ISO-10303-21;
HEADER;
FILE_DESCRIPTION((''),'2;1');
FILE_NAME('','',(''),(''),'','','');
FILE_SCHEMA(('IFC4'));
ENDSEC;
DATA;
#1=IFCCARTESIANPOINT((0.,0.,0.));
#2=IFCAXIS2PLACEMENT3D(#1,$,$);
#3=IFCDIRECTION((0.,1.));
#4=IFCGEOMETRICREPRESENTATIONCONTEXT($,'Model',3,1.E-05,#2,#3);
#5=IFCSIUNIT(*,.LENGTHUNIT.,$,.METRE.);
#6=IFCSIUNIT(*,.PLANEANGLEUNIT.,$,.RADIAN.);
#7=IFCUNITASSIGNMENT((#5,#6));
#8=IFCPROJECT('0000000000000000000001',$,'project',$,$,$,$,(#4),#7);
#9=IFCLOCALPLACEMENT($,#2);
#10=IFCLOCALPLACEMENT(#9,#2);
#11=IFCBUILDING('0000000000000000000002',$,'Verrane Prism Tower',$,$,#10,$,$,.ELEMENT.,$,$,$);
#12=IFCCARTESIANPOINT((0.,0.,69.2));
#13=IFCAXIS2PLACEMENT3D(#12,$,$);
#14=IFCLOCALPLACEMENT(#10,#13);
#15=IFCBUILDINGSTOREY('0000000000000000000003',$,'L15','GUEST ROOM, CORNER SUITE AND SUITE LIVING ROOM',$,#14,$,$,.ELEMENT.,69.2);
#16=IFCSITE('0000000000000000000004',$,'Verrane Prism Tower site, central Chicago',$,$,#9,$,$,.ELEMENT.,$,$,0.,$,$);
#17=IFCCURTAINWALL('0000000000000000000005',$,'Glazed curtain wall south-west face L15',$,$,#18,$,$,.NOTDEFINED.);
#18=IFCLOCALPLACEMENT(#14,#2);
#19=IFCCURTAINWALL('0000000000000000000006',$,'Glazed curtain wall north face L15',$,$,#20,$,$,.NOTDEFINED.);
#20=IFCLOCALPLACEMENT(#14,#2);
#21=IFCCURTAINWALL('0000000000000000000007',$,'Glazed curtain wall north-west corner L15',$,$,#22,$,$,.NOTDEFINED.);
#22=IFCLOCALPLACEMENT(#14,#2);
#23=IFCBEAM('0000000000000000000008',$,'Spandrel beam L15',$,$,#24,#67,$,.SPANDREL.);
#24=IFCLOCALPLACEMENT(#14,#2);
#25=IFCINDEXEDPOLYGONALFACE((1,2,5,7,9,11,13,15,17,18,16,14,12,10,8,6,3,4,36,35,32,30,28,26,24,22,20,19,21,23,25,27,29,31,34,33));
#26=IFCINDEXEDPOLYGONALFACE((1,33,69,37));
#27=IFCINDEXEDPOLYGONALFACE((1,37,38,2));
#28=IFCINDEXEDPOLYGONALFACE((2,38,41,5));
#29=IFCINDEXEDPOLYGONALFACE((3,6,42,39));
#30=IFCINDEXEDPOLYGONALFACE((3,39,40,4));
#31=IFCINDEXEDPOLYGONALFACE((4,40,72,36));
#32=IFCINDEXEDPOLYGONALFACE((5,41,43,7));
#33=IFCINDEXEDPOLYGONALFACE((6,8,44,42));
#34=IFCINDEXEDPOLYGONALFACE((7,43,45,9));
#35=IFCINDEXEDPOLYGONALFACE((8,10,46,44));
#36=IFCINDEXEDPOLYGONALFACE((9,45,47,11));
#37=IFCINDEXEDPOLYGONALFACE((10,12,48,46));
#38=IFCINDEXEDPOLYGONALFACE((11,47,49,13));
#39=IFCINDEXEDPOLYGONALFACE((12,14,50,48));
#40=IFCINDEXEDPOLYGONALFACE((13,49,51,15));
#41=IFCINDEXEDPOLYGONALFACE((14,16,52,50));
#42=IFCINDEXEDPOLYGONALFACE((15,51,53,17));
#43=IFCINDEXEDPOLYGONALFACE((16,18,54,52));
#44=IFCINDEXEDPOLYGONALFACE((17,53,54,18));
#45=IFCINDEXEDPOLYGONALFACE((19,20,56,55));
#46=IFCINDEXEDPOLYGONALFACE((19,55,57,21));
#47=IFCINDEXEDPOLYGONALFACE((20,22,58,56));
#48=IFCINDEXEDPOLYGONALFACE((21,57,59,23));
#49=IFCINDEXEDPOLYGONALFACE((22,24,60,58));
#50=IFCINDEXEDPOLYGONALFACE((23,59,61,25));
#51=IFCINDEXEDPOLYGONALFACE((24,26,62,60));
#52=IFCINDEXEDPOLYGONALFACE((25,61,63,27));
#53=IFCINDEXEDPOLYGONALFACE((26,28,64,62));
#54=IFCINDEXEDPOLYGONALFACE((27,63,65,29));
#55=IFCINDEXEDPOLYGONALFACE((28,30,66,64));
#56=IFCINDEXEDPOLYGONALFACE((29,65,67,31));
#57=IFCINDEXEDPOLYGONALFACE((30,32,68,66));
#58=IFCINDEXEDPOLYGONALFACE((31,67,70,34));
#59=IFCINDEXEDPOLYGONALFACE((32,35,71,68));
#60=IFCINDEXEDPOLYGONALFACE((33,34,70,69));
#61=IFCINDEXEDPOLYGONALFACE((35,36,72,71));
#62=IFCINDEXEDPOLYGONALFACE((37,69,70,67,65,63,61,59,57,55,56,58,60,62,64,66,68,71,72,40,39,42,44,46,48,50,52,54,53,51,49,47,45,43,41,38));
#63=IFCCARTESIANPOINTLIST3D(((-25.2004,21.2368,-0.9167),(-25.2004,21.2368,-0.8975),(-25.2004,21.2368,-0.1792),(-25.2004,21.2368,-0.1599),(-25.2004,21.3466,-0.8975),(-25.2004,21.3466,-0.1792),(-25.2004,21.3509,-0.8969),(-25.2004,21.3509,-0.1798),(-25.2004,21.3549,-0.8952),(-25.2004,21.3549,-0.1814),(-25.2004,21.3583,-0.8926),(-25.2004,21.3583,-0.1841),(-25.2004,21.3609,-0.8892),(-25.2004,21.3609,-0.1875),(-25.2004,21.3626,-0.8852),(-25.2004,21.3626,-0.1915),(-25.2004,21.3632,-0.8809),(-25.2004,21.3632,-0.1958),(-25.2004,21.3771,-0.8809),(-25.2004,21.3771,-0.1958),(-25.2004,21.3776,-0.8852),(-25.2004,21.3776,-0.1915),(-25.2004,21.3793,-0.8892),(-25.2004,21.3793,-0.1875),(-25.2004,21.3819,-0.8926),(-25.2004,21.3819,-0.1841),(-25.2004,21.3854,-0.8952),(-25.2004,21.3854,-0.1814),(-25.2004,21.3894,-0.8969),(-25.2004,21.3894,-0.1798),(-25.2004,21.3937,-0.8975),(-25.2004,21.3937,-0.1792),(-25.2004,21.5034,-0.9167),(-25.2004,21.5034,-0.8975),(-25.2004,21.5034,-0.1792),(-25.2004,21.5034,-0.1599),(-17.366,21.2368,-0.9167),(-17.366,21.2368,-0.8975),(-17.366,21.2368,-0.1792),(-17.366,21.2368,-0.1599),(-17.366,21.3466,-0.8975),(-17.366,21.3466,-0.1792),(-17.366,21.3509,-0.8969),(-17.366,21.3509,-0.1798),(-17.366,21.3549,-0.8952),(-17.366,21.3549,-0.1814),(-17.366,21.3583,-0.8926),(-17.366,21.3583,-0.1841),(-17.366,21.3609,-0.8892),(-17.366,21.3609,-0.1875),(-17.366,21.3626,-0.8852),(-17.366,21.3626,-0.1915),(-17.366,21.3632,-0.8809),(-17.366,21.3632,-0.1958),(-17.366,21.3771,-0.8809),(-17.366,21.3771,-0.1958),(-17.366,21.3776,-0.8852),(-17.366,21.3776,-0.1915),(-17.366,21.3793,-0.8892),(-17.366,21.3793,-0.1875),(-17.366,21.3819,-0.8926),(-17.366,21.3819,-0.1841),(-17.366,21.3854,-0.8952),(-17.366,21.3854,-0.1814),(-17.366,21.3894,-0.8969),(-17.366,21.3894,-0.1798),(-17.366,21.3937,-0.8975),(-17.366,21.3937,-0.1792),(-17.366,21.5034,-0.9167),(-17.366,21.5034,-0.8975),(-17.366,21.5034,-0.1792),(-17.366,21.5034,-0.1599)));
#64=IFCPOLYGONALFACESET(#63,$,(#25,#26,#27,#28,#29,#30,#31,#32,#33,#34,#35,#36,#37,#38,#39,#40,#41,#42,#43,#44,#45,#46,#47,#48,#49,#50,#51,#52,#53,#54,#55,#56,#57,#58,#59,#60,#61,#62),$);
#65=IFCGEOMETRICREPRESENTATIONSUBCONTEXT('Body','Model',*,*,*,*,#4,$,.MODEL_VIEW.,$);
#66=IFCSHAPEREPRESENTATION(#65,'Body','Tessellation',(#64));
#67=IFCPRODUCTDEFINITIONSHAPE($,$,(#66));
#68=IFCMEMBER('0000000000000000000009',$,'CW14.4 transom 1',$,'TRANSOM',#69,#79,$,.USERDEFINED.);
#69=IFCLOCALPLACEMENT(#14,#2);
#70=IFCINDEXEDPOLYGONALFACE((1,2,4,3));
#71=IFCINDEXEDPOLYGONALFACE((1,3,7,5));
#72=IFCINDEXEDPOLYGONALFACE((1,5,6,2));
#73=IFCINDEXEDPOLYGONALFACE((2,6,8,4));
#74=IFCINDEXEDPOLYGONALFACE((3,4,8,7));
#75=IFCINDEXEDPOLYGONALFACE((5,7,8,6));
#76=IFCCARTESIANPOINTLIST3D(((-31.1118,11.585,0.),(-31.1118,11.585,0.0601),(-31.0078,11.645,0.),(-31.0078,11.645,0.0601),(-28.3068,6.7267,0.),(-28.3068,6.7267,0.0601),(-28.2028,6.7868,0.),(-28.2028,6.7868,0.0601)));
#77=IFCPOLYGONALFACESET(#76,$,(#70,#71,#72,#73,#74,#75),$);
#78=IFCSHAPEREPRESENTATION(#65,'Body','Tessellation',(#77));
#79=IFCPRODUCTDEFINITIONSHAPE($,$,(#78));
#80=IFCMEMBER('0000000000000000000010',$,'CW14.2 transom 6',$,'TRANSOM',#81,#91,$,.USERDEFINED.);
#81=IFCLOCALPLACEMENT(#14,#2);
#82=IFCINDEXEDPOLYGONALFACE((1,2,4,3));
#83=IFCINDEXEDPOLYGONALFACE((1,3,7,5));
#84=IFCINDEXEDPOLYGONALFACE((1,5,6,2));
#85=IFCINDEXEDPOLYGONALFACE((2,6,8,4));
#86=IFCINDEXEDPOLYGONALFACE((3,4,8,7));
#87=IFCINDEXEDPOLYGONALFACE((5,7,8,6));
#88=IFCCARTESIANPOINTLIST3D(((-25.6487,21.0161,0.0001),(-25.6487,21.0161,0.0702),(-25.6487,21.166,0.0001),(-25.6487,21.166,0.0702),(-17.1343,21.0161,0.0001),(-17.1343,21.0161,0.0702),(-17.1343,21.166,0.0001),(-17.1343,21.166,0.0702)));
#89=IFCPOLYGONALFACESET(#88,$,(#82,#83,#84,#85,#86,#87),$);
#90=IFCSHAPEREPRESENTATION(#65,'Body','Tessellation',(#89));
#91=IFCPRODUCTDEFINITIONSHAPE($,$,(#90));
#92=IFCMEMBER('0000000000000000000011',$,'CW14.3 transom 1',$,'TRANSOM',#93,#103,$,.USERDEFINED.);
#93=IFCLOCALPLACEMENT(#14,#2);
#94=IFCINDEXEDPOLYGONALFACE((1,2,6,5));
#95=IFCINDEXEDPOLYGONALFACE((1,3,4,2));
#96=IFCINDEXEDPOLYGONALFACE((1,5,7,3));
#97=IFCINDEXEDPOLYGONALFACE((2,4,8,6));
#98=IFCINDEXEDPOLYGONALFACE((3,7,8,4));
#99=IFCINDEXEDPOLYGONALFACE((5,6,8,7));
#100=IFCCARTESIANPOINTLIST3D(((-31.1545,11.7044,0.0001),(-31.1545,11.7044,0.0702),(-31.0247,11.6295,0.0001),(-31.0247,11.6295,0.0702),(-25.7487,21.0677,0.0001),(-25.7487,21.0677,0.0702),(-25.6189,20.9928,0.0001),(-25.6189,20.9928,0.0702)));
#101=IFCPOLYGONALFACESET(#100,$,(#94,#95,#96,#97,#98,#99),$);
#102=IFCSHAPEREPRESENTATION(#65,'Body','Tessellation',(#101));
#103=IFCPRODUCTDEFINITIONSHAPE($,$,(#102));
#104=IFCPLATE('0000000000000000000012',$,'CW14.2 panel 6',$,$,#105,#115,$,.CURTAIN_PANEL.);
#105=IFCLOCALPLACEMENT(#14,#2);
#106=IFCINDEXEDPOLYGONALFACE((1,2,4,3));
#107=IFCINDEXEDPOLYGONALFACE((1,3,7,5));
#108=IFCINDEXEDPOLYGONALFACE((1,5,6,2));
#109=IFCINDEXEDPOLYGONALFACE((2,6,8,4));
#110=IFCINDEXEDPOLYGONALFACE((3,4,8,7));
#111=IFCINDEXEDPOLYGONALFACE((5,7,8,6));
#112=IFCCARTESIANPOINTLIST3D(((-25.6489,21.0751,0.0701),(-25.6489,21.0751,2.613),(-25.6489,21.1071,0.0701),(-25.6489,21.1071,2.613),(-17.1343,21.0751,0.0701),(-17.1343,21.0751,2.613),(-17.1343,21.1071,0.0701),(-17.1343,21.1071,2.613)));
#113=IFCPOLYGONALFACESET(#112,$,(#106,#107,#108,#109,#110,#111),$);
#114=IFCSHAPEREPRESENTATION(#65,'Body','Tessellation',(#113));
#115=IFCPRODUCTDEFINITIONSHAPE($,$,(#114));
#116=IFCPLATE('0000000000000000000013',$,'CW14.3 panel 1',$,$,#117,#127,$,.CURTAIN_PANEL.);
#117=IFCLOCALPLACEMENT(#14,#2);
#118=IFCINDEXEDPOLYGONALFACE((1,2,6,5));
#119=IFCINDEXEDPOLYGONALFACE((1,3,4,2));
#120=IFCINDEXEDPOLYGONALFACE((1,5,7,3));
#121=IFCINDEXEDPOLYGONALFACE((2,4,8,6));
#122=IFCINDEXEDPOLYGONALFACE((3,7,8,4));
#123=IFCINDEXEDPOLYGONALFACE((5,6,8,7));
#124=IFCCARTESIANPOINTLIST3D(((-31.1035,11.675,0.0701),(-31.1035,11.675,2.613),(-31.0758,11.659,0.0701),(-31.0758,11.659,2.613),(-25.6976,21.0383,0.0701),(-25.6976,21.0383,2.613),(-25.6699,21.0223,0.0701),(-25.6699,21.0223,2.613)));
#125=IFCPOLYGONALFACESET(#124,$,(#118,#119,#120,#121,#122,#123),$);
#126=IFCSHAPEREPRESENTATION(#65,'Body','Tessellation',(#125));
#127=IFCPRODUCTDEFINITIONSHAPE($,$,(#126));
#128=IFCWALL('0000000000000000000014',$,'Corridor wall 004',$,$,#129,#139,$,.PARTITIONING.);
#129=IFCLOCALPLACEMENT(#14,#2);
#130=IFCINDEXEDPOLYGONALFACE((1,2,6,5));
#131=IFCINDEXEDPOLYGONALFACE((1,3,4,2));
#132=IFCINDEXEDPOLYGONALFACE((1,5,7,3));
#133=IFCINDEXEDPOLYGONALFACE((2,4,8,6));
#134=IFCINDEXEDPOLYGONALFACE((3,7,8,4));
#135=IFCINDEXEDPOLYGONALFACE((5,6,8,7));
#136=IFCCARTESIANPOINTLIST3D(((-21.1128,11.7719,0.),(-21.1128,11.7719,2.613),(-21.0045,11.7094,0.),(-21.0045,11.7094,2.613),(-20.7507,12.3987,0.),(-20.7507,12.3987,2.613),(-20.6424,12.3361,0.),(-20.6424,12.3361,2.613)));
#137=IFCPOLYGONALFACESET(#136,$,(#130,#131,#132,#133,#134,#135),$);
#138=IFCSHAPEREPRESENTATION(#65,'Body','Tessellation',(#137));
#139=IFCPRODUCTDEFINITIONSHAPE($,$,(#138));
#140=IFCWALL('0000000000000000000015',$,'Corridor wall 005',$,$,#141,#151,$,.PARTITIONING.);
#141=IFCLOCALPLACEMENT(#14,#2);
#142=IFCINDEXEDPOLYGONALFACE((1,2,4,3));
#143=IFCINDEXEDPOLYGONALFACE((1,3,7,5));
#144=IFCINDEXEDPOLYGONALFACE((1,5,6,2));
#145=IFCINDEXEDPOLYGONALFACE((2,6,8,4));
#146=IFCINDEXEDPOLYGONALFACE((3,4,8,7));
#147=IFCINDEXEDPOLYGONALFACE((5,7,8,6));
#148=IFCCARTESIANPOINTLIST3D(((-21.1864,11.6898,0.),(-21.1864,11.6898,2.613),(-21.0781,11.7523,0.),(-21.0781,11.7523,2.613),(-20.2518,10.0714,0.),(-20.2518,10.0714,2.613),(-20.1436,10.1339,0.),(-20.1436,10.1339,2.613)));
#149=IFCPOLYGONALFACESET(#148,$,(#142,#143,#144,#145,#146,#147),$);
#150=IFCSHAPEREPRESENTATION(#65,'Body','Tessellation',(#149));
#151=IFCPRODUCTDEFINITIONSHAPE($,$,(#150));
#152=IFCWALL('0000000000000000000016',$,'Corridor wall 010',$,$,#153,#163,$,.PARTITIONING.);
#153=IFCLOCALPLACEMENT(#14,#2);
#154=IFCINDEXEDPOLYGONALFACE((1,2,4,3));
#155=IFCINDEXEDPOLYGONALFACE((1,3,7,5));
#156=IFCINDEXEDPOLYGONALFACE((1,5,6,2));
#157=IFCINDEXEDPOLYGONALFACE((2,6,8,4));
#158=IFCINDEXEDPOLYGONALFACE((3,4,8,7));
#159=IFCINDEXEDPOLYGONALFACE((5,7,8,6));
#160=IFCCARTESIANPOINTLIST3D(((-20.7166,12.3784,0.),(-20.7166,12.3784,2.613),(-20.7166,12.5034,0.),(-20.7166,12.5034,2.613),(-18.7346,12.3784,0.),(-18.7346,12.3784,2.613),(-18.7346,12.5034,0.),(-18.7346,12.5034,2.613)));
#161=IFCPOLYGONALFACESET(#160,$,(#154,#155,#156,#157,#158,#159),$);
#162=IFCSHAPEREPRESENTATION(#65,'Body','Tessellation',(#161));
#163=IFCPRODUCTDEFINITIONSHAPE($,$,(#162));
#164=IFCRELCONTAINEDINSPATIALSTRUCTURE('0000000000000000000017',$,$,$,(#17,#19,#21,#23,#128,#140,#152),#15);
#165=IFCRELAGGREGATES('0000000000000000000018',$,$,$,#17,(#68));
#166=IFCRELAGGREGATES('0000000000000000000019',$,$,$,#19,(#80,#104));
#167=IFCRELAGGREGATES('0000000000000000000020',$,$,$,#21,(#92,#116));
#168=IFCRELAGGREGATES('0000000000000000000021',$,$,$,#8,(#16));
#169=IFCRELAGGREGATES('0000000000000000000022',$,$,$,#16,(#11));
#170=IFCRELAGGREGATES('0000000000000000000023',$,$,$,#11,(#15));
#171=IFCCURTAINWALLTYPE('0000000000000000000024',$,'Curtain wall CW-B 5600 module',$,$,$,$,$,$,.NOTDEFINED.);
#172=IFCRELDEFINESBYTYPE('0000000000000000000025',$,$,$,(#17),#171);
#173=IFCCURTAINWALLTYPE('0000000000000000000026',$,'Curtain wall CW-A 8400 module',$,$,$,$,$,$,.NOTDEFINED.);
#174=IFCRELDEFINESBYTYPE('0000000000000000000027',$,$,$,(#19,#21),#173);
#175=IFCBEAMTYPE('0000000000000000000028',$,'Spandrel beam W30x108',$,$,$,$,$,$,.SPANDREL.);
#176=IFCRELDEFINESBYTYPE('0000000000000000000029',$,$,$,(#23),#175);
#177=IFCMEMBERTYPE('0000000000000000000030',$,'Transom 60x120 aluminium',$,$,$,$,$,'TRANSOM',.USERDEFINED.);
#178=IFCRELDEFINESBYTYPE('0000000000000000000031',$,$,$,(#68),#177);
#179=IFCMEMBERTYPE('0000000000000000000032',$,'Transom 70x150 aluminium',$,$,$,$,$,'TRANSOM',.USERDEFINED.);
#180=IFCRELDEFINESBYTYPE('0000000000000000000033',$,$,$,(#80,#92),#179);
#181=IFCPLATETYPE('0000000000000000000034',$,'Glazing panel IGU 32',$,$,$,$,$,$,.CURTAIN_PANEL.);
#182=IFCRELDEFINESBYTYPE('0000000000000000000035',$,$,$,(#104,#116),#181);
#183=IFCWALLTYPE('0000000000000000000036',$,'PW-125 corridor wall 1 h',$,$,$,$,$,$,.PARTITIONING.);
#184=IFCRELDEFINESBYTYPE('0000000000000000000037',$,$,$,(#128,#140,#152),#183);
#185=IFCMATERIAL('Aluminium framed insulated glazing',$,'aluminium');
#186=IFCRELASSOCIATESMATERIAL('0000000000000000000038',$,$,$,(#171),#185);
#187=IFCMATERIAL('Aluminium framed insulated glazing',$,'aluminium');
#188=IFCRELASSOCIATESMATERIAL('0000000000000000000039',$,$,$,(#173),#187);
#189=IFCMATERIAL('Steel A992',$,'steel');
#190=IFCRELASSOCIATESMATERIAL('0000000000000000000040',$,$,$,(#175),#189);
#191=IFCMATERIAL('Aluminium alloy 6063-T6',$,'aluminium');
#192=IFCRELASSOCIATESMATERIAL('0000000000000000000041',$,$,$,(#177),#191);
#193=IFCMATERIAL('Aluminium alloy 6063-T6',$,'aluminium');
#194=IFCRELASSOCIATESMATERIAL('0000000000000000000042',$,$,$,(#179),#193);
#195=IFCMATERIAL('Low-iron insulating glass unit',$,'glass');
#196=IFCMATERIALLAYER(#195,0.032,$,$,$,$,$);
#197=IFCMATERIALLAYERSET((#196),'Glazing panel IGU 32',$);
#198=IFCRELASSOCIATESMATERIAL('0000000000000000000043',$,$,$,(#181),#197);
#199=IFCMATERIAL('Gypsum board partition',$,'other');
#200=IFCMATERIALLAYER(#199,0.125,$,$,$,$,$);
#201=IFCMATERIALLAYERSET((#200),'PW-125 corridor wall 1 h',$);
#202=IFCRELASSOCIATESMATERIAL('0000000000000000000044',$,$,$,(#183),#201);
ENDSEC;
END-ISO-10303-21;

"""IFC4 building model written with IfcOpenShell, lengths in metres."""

from ifc_helpers import new_model, si_unit, direction, frame, frame_2d, origin, origin_2d, place, context, subcontext, project, spatial, rectangle, i_section, extrude, material, layer, layer_set, material_profile, profile_set, type_object, element, aggregate, save


model = new_model("IFC4")

# Units and contexts
model_context = context("Model", 3, precision=1e-05, world=origin(), true_north=direction((0.0, 1.0)))
body_context = subcontext(model_context, "Body", "Model", "MODEL_VIEW")
ifc_project = project(units=[si_unit("LENGTHUNIT", "METRE"), si_unit("PLANEANGLEUNIT", "RADIAN")], contexts=[model_context])

# Site, building, storey
site_placement = place(None, origin())
site = spatial("IfcSite", under=ifc_project, at=site_placement, Name="Verrane Prism Tower site, central Chicago", CompositionType="ELEMENT", RefElevation=0.0)
building_placement = place(site_placement, origin())
building = spatial("IfcBuilding", under=site, at=building_placement, Name="Verrane Prism Tower", CompositionType="ELEMENT")
storey_placement = place(building_placement, frame((0.0, 0.0, 69.2)))
storey = spatial("IfcBuildingStorey", under=building, at=storey_placement, Name="L15", Description="GUEST ROOM, CORNER SUITE AND SUITE LIVING ROOM", CompositionType="ELEMENT", Elevation=69.2)

# Curtain walls
ifc_material_1 = material(Name="Aluminium framed insulated glazing", Category="aluminium")
curtain_wall_type_1 = type_object("IfcCurtainWallType", Name="Curtain wall CW-B 5600 module", PredefinedType="NOTDEFINED", material=ifc_material_1)
curtain_wall_1_placement = place(storey_placement, origin())
curtain_wall_1 = element("IfcCurtainWall", 1, at=curtain_wall_1_placement, inside=storey, type_object=curtain_wall_type_1, Name="Glazed curtain wall south-west face L15", PredefinedType="NOTDEFINED")
ifc_material_2 = material(Name="Aluminium framed insulated glazing", Category="aluminium")
curtain_wall_type_2 = type_object("IfcCurtainWallType", Name="Curtain wall CW-A 8400 module", PredefinedType="NOTDEFINED", material=ifc_material_2)
curtain_wall_2_placement = place(storey_placement, origin())
curtain_wall_2 = element("IfcCurtainWall", 2, at=curtain_wall_2_placement, inside=storey, type_object=curtain_wall_type_2, Name="Glazed curtain wall north face L15", PredefinedType="NOTDEFINED")
curtain_wall_3_placement = place(storey_placement, origin())
curtain_wall_3 = element("IfcCurtainWall", 3, at=curtain_wall_3_placement, inside=storey, type_object=curtain_wall_type_2, Name="Glazed curtain wall north-west corner L15", PredefinedType="NOTDEFINED")

# Beam
ifc_material_3 = material(Name="Steel A992", Category="steel")
ifc_material_profile_1 = material_profile(ifc_material_3, i_section(OverallWidth=0.2666, OverallDepth=0.7568, WebThickness=0.0139, FlangeThickness=0.0193, FilletRadius=0.0166, at=origin_2d()), Name="W30x108")
ifc_profile_set_1 = profile_set([ifc_material_profile_1], Name="Steel A992")
beam_type_1 = type_object("IfcBeamType", Name="Spandrel beam W30x108", PredefinedType="SPANDREL", material=ifc_profile_set_1)
beam_1_placement = place(storey_placement, frame((-17.366, 21.3701, -0.5383), z_axis=(-1.0, 0.0, 0.0), x_axis=(0.0, -1.0, 0.0)))
element("IfcBeam", 4, at=beam_1_placement, inside=storey, type_object=beam_type_1, Name="Spandrel beam L15", PredefinedType="SPANDREL", context=body_context, shape_type="SweptSolid", body=[
    extrude(i_section(OverallWidth=0.2666, OverallDepth=0.7568, WebThickness=0.0139, FlangeThickness=0.0193, FilletRadius=0.0166, at=origin_2d()), origin(), (0.0, 0.0, 1.0), 7.8345),
])

# Members
ifc_material_4 = material(Name="Aluminium alloy 6063-T6", Category="aluminium")
ifc_material_profile_2 = material_profile(ifc_material_4, rectangle(XDim=0.1201, YDim=0.0601, at=origin_2d()), Name="Transom 60x120 aluminium")
ifc_profile_set_2 = profile_set([ifc_material_profile_2], Name="Aluminium alloy 6063-T6")
member_type_1 = type_object("IfcMemberType", Name="Transom 60x120 aluminium", ElementType="TRANSOM", PredefinedType="USERDEFINED", material=ifc_profile_set_2)
member_1_placement = place(storey_placement, frame((-31.0598, 11.615, 0.03), z_axis=(0.50001, -0.86602, 0.0), x_axis=(0.86602, 0.50001, 0.0)))
member_1 = element("IfcMember", 5, at=member_1_placement, type_object=member_type_1, Name="CW14.4 transom 1", ObjectType="TRANSOM", PredefinedType="USERDEFINED", context=body_context, shape_type="SweptSolid", body=[
    extrude(rectangle(XDim=0.1201, YDim=0.0601, at=origin_2d()), origin(), (0.0, 0.0, 1.0), 5.6099),
])
aggregate(curtain_wall_1, [member_1])
ifc_material_5 = material(Name="Aluminium alloy 6063-T6", Category="aluminium")
ifc_material_profile_3 = material_profile(ifc_material_5, rectangle(XDim=0.1499, YDim=0.0701, at=origin_2d()), Name="Transom 70x150 aluminium")
ifc_profile_set_3 = profile_set([ifc_material_profile_3], Name="Aluminium alloy 6063-T6")
member_type_2 = type_object("IfcMemberType", Name="Transom 70x150 aluminium", ElementType="TRANSOM", PredefinedType="USERDEFINED", material=ifc_profile_set_3)
member_2_placement = place(storey_placement, frame((-17.1343, 21.0911, 0.0352), z_axis=(-1.0, 0.0, 0.0), x_axis=(0.0, -1.0, 0.0)))
member_2 = element("IfcMember", 6, at=member_2_placement, type_object=member_type_2, Name="CW14.2 transom 6", ObjectType="TRANSOM", PredefinedType="USERDEFINED", context=body_context, shape_type="SweptSolid", body=[
    extrude(rectangle(XDim=0.1499, YDim=0.0701, at=origin_2d()), origin(), (0.0, 0.0, 1.0), 8.5144),
])
member_3_placement = place(storey_placement, frame((-25.6838, 21.0303, 0.0352), z_axis=(-0.499991, -0.866031, 0.0), x_axis=(0.866031, -0.499991, 0.0)))
member_3 = element("IfcMember", 7, at=member_3_placement, type_object=member_type_2, Name="CW14.3 transom 1", ObjectType="TRANSOM", PredefinedType="USERDEFINED", context=body_context, shape_type="SweptSolid", body=[
    extrude(rectangle(XDim=0.1499, YDim=0.0701, at=origin_2d()), origin(), (0.0, 0.0, 1.0), 10.8118),
])

# Plates
ifc_material_6 = material(Name="Low-iron insulating glass unit", Category="glass")
ifc_layer_1 = layer(ifc_material_6, 0.032)
ifc_layer_set_1 = layer_set([ifc_layer_1], Name="Glazing panel IGU 32")
plate_type = type_object("IfcPlateType", Name="Glazing panel IGU 32", PredefinedType="CURTAIN_PANEL", material=ifc_layer_set_1)
plate_1_placement = place(storey_placement, frame((-21.3916, 21.0911, 0.0701), z_axis=(0.0, 0.0, 1.0), x_axis=(-1.0, 0.0, 0.0)))
plate_1 = element("IfcPlate", 8, at=plate_1_placement, type_object=plate_type, Name="CW14.2 panel 6", PredefinedType="CURTAIN_PANEL", context=body_context, shape_type="SweptSolid", body=[
    extrude(rectangle(XDim=8.5146, YDim=0.032, at=origin_2d()), origin(), (0.0, 0.0, 1.0), 2.543),
])
aggregate(curtain_wall_2, [member_2, plate_1])
plate_2_placement = place(storey_placement, frame((-28.3867, 16.3486, 0.0701), z_axis=(0.0, 0.0, 1.0), x_axis=(-0.499997, -0.866027, 0.0)))
plate_2 = element("IfcPlate", 9, at=plate_2_placement, type_object=plate_type, Name="CW14.3 panel 1", PredefinedType="CURTAIN_PANEL", context=body_context, shape_type="SweptSolid", body=[
    extrude(rectangle(XDim=10.8118, YDim=0.032, at=origin_2d()), origin(), (0.0, 0.0, 1.0), 2.543),
])
aggregate(curtain_wall_3, [member_3, plate_2])

# Walls
ifc_material_7 = material(Name="Gypsum board partition", Category="other")
ifc_layer_2 = layer(ifc_material_7, 0.125)
ifc_layer_set_2 = layer_set([ifc_layer_2], Name="PW-125 corridor wall 1 h")
wall_type_1 = type_object("IfcWallType", Name="PW-125 corridor wall 1 h", PredefinedType="PARTITIONING", material=ifc_layer_set_2)
wall_1_placement = place(storey_placement, frame((-21.0586, 11.7407, 0.0), z_axis=(0.0, 0.0, 1.0), x_axis=(0.500238, 0.865888, 0.0)))
element("IfcWall", 10, at=wall_1_placement, inside=storey, type_object=wall_type_1, Name="Corridor wall 004", PredefinedType="PARTITIONING", context=body_context, shape_type="SweptSolid", body=[
    extrude(rectangle(XDim=0.7239, YDim=0.125, at=frame_2d((0.3618, 0.0))), origin(), (0.0, 0.0, 1.0), 2.613),
])
wall_2_placement = place(storey_placement, frame((-21.1323, 11.7212, 0.0), z_axis=(0.0, 0.0, 1.0), x_axis=(0.500073, -0.865983, 0.0)))
element("IfcWall", 11, at=wall_2_placement, inside=storey, type_object=wall_type_1, Name="Corridor wall 005", PredefinedType="PARTITIONING", context=body_context, shape_type="SweptSolid", body=[
    extrude(rectangle(XDim=1.8689, YDim=0.125, at=frame_2d((0.9346, 0.0))), origin(), (0.0, 0.0, 1.0), 2.613),
])
wall_3_placement = place(storey_placement, frame((-20.7166, 12.4409, 0.0), z_axis=(0.0, 0.0, 1.0), x_axis=(1.0, 0.0, 0.0)))
element("IfcWall", 12, at=wall_3_placement, inside=storey, type_object=wall_type_1, Name="Corridor wall 010", PredefinedType="PARTITIONING", context=body_context, shape_type="SweptSolid", body=[
    extrude(rectangle(XDim=1.9819, YDim=0.125, at=frame_2d((0.991, 0.0))), origin(), (0.0, 0.0, 1.0), 2.613),
])

save(model, "model.ifc")
